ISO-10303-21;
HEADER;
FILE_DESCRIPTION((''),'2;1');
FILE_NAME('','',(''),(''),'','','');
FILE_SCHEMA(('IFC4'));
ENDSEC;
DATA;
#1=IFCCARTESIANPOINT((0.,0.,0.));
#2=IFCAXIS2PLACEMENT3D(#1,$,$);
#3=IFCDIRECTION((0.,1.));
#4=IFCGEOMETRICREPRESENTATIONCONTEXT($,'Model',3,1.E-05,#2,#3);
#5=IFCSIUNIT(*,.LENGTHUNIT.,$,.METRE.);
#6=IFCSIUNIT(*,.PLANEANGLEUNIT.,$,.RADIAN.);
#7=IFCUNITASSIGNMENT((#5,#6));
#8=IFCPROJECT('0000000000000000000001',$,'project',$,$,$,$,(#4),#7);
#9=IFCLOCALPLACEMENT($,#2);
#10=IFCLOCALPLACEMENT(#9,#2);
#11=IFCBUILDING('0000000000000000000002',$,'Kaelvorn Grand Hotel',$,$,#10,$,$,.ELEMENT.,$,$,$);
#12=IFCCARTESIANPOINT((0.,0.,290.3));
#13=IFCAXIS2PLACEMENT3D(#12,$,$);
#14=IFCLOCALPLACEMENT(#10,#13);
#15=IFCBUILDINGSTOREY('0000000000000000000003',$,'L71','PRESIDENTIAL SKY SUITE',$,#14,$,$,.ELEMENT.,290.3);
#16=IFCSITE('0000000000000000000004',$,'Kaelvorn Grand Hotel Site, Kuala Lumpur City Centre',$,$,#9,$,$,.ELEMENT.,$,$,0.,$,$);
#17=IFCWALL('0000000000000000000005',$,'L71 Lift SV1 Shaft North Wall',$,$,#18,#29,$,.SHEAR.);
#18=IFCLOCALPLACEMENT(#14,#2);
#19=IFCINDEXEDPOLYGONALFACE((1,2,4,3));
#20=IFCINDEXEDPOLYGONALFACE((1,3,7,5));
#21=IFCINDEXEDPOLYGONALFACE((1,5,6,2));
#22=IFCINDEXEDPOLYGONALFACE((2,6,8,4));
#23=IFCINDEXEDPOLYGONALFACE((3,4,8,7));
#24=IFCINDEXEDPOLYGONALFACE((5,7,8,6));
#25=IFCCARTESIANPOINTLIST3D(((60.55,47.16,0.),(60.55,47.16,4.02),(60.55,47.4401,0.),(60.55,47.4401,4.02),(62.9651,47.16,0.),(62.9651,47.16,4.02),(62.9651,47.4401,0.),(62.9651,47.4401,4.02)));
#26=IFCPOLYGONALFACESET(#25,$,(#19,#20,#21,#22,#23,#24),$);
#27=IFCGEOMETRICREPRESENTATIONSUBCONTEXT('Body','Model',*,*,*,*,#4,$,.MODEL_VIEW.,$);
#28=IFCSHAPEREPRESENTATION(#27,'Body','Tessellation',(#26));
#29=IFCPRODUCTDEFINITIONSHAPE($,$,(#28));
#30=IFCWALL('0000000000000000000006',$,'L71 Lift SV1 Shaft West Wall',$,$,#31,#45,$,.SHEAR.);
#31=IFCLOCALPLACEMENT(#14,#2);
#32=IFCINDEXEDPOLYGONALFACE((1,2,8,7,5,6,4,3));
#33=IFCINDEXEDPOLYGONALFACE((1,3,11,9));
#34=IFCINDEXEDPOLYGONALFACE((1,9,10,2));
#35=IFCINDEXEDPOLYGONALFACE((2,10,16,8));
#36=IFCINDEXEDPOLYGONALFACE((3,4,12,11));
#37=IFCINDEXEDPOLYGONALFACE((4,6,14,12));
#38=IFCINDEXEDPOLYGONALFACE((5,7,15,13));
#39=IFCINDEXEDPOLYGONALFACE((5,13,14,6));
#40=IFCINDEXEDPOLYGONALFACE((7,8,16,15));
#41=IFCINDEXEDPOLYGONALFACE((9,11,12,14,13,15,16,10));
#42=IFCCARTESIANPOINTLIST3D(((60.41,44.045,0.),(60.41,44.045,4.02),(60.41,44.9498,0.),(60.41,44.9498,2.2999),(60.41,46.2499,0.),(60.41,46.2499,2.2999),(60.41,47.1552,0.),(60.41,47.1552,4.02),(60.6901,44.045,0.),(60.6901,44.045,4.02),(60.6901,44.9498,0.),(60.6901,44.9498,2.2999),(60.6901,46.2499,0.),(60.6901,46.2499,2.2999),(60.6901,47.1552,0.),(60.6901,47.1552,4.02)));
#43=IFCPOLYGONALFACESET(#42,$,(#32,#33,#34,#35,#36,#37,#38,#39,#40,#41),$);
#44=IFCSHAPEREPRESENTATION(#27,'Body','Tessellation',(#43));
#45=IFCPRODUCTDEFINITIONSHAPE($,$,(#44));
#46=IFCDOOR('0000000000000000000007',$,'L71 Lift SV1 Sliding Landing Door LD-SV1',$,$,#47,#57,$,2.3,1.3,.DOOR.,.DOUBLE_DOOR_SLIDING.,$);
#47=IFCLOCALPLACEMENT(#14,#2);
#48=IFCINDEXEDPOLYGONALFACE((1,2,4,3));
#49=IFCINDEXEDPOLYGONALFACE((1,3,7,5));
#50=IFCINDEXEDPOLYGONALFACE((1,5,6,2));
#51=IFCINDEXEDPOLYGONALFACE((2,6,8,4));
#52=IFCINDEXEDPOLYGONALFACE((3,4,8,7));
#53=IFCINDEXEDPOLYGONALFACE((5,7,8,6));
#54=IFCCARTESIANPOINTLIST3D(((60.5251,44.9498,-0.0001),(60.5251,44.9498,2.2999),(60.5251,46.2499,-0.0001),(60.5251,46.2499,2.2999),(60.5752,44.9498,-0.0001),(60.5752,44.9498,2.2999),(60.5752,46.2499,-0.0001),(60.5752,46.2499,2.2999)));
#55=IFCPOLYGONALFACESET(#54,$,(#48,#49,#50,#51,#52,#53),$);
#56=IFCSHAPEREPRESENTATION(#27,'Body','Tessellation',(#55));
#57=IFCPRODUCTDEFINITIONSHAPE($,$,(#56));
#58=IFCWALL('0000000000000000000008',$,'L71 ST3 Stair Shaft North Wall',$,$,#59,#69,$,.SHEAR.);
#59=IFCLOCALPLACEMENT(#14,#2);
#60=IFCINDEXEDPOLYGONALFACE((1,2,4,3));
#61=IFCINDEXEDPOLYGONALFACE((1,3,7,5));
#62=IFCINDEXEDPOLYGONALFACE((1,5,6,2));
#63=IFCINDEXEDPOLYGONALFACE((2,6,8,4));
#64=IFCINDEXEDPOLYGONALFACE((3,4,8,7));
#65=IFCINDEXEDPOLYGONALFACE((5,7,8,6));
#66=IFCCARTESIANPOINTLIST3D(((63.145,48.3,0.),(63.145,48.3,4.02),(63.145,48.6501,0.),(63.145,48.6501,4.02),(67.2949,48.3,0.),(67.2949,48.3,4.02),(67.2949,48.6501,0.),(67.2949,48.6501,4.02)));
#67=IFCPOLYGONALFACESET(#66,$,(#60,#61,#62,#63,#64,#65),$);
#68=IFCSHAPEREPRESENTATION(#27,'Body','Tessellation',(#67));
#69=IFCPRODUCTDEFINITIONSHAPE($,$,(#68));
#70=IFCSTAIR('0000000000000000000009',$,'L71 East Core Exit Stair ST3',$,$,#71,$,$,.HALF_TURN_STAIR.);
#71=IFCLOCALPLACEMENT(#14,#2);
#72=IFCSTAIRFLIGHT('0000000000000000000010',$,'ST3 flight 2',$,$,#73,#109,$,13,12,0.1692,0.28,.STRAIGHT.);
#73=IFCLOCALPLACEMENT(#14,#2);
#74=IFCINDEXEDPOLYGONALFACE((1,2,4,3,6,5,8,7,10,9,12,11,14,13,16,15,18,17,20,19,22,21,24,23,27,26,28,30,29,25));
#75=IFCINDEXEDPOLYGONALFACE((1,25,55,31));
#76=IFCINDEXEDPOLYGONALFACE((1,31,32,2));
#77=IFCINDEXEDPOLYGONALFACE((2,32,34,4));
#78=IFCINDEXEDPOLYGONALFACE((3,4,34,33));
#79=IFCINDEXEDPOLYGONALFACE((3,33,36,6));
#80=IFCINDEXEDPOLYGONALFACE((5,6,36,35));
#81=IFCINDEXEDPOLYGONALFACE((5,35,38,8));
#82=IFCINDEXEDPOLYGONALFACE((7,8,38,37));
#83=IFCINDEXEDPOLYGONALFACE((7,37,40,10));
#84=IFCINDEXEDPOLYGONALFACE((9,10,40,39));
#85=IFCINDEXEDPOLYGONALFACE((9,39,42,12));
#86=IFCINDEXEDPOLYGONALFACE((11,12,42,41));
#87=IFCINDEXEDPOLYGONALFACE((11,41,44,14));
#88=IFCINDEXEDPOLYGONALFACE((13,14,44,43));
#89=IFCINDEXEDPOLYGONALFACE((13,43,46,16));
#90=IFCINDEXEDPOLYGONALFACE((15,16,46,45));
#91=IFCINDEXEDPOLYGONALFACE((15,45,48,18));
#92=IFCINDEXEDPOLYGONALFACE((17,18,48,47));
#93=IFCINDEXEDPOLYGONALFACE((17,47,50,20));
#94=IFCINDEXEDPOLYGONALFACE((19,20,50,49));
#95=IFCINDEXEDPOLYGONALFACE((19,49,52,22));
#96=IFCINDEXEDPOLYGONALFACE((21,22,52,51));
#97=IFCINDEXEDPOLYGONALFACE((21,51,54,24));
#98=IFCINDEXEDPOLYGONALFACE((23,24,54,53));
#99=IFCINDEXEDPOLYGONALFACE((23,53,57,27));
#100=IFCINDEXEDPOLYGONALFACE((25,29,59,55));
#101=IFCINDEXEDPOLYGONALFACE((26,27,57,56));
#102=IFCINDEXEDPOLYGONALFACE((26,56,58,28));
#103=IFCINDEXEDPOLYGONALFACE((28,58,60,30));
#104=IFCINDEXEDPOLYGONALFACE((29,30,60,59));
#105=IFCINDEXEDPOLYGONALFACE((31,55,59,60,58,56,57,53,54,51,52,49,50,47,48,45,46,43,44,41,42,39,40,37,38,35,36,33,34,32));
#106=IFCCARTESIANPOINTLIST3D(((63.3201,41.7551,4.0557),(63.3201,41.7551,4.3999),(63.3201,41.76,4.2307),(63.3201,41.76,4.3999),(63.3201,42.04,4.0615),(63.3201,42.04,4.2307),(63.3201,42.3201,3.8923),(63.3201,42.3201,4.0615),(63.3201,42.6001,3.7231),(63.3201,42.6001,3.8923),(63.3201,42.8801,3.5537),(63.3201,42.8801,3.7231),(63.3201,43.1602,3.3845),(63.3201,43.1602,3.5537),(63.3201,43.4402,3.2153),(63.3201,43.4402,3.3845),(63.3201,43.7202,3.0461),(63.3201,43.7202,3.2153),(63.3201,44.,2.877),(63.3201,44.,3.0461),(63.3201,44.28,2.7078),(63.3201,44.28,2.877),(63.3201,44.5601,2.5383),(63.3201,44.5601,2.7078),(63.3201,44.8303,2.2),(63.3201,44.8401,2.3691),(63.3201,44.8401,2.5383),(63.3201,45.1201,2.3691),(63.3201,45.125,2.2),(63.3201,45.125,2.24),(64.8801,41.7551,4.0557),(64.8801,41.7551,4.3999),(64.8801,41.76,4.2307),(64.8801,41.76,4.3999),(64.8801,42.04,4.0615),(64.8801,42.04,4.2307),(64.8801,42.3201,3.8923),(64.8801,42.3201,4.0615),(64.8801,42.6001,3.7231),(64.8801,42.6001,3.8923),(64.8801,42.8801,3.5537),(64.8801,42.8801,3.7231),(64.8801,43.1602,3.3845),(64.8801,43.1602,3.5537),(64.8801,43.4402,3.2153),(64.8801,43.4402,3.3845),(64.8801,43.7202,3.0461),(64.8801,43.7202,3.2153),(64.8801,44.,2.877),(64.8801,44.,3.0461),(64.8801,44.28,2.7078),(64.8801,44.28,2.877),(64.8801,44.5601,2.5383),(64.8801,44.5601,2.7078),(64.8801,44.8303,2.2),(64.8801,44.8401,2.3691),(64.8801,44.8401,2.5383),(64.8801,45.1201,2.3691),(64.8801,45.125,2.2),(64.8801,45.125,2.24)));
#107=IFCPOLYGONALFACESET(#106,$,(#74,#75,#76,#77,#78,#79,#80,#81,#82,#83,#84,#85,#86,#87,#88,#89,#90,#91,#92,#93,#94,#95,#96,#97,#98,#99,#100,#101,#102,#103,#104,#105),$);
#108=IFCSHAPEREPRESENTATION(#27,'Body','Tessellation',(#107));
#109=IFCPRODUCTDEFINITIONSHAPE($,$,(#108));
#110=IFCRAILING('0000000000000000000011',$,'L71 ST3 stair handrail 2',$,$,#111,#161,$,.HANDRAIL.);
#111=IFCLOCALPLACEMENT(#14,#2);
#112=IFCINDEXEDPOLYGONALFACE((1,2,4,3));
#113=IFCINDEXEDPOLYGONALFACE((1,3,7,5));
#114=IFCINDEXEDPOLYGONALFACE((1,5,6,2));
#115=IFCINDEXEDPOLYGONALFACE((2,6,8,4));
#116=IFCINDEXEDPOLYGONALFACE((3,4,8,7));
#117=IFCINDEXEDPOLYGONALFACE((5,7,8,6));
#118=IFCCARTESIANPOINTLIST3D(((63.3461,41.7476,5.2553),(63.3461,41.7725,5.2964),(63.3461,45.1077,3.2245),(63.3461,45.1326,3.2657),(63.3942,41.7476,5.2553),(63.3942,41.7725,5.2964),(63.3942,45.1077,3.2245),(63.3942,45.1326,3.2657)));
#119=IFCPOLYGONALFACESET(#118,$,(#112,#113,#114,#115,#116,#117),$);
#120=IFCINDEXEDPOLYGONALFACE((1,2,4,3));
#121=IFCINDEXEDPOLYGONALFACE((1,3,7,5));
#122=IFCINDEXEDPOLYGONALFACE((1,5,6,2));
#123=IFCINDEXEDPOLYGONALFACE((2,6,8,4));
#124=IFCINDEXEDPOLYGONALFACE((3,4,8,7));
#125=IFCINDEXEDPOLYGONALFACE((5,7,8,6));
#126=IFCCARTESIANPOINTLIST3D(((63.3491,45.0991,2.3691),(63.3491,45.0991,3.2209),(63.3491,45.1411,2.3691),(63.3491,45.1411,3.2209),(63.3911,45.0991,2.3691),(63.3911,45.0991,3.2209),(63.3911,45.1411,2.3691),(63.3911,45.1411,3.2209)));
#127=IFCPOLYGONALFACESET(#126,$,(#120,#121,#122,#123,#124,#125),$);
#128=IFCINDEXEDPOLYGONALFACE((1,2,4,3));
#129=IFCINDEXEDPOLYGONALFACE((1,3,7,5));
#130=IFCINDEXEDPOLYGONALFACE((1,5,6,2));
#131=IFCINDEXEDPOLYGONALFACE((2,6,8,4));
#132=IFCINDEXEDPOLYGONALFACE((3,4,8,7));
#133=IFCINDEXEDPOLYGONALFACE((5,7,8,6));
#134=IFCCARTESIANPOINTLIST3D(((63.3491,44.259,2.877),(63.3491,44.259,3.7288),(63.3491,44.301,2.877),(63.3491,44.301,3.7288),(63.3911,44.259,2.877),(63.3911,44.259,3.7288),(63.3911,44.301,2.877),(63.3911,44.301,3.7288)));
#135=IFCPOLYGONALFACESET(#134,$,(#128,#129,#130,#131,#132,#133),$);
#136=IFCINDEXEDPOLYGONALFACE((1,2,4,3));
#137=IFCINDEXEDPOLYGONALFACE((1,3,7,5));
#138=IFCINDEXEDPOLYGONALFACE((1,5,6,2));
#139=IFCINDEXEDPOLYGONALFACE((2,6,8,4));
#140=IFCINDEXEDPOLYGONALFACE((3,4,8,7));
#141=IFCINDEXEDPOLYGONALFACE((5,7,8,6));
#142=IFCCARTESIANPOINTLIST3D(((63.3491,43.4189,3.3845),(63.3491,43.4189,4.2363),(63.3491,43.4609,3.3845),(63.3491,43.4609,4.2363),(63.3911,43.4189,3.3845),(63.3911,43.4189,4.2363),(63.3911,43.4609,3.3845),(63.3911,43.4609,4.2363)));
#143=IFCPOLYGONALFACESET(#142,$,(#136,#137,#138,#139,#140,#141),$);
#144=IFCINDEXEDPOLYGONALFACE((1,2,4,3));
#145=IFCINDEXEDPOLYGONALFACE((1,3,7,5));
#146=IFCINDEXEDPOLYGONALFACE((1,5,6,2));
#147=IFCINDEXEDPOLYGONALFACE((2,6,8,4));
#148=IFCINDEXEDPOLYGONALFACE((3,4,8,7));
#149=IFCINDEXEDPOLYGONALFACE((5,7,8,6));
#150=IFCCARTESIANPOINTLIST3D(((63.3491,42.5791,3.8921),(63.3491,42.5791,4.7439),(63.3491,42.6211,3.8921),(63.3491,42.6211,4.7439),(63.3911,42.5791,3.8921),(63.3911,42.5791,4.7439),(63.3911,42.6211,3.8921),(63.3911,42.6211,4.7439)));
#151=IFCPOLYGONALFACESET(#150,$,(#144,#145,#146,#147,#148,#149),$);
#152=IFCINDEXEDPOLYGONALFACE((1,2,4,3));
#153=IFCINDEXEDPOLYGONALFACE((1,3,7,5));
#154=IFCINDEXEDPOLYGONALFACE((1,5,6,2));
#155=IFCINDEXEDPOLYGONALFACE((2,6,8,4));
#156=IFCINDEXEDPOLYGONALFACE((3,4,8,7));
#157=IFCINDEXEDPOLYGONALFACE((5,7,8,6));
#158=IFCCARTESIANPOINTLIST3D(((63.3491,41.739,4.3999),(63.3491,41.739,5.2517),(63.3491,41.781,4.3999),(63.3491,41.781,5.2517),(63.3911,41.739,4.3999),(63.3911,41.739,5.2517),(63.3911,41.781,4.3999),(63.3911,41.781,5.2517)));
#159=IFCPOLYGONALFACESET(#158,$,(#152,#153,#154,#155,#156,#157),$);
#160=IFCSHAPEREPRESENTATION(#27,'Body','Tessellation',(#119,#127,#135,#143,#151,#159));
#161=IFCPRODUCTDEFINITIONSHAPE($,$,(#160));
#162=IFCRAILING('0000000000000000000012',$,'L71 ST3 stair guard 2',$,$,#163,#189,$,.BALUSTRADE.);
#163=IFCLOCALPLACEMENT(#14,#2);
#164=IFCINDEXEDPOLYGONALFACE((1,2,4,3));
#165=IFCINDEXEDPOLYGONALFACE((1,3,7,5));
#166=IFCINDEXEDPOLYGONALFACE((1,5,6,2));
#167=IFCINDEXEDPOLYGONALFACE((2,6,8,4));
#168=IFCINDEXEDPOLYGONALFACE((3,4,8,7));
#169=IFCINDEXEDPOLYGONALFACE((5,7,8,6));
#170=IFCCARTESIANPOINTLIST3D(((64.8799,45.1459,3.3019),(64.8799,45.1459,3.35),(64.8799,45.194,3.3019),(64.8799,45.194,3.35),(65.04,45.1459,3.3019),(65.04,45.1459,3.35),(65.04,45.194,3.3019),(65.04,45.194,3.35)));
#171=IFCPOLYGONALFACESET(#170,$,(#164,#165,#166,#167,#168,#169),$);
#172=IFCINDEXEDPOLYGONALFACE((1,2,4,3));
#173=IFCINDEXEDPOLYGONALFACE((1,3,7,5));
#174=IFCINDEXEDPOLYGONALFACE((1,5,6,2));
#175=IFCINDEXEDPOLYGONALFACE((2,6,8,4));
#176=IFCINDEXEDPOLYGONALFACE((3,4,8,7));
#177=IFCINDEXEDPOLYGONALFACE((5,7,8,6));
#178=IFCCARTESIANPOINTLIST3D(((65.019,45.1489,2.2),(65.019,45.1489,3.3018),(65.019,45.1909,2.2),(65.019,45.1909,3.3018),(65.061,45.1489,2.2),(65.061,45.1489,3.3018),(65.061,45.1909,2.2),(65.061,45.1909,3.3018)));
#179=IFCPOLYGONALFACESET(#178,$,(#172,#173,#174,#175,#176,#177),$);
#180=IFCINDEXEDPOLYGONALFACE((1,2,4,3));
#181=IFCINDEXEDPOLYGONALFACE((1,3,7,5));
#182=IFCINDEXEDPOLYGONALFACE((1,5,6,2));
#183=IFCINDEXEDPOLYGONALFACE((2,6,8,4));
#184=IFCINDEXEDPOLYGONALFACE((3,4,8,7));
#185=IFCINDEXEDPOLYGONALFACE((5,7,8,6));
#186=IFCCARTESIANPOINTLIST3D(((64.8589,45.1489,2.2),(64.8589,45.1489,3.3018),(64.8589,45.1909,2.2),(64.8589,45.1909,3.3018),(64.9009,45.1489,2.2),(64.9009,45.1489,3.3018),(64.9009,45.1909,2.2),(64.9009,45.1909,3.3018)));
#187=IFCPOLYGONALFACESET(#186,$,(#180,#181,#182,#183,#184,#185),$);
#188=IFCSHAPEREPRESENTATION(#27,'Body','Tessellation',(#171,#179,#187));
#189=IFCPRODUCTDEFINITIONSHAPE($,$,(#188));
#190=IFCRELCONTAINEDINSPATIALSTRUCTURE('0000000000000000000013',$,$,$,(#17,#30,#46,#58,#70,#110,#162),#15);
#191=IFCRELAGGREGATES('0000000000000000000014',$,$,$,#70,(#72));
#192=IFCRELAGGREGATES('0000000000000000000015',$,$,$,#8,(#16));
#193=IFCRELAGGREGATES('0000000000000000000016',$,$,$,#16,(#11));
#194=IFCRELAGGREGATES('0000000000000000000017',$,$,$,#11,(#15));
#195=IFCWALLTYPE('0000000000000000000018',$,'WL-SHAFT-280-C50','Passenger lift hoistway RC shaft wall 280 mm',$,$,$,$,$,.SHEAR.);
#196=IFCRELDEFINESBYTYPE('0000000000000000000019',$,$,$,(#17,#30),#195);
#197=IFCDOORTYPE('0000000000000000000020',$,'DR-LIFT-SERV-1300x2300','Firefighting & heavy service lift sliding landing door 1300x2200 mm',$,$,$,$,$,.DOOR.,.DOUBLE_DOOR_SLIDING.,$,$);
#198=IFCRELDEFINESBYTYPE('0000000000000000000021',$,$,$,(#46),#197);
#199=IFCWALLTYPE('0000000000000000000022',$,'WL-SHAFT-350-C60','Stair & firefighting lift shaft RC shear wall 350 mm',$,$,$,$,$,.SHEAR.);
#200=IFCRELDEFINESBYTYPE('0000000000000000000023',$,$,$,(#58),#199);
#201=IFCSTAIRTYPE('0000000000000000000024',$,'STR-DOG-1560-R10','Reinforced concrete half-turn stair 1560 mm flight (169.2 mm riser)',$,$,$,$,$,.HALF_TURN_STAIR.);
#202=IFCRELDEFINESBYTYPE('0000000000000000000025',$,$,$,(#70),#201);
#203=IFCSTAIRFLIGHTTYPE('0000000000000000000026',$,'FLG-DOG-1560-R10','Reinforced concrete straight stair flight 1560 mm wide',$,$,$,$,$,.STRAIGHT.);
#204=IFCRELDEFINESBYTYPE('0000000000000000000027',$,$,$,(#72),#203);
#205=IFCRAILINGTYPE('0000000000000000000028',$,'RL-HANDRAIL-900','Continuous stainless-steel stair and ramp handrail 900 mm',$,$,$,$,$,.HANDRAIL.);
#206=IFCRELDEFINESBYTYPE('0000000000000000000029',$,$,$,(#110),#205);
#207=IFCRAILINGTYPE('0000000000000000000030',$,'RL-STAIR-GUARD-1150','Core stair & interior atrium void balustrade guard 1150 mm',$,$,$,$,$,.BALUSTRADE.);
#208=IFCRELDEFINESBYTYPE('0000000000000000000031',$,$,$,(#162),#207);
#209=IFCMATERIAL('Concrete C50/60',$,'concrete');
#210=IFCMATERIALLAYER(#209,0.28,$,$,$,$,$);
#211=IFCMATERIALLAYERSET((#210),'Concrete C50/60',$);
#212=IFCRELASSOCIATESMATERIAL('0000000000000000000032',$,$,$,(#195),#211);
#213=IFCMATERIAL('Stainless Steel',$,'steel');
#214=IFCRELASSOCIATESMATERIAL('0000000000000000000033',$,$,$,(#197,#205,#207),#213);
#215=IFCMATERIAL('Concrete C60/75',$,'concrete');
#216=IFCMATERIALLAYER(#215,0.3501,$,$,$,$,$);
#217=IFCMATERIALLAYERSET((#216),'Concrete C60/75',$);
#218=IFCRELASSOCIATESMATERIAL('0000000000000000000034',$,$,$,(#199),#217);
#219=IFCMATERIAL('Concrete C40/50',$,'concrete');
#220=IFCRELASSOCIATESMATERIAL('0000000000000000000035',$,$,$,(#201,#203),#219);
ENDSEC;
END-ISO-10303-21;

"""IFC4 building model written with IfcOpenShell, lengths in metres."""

from ifc_helpers import new_model, si_unit, direction, frame, frame_2d, origin, origin_2d, place, context, subcontext, project, spatial, polyline, rectangle, outline, extrude, material, layer, layer_set, type_object, element, fill, aggregate, save


model = new_model("IFC4")

# Units and contexts
model_context = context("Model", 3, precision=1e-05, world=origin(), true_north=direction((0.0, 1.0)))
body_context = subcontext(model_context, "Body", "Model", "MODEL_VIEW")
ifc_project = project(units=[si_unit("LENGTHUNIT", "METRE"), si_unit("PLANEANGLEUNIT", "RADIAN")], contexts=[model_context])

# Site, building, storey
site_placement = place(None, origin())
site = spatial("IfcSite", under=ifc_project, at=site_placement, Name="Kaelvorn Grand Hotel Site, Kuala Lumpur City Centre", CompositionType="ELEMENT", RefElevation=0.0)
building_placement = place(site_placement, origin())
building = spatial("IfcBuilding", under=site, at=building_placement, Name="Kaelvorn Grand Hotel", CompositionType="ELEMENT")
storey_placement = place(building_placement, frame((0.0, 0.0, 290.3)))
storey = spatial("IfcBuildingStorey", under=building, at=storey_placement, Name="L71", Description="PRESIDENTIAL SKY SUITE", CompositionType="ELEMENT", Elevation=290.3)

# Shared definitions
ifc_material_1 = material(Name="Concrete C60/75", Category="concrete")
ifc_material_2 = material(Name="Concrete C50/60", Category="concrete")

# Shared definitions
ifc_material_3 = material(Name="Concrete C40/50", Category="concrete")

# Wall
ifc_layer_1 = layer(ifc_material_2, 0.28)
ifc_layer_set_1 = layer_set([ifc_layer_1], Name="Concrete C50/60")
wall_type_1 = type_object("IfcWallType", Name="WL-SHAFT-280-C50", Description="Passenger lift hoistway RC shaft wall 280 mm", PredefinedType="SHEAR", material=ifc_layer_set_1)
for number, where, z_axis, x_axis, name in (
    (1, (60.55, 47.3, 0.0), (0.0, 0.0, 1.0), (1.0, 0.0, 0.0), "L71 Lift SV1 Shaft North Wall"),
):
    element("IfcWall", number, at=place(storey_placement, frame(where, z_axis=z_axis, x_axis=x_axis)), inside=storey, type_object=wall_type_1, Name=name, PredefinedType="SHEAR", context=body_context, shape_type="SweptSolid", body=[
        extrude(rectangle(XDim=2.415, YDim=0.28, at=frame_2d((1.2075, 0.0))), origin(), (0.0, 0.0, 1.0), 4.02),
    ])

# Wall, opening, door
wall_1_placement = place(storey_placement, frame((60.55, 44.0449, 0.0), z_axis=(0.0, 0.0, 1.0), x_axis=(0.0, 1.0, 0.0)))
wall_1 = element("IfcWall", 2, at=wall_1_placement, inside=storey, type_object=wall_type_1, Name="L71 Lift SV1 Shaft West Wall", PredefinedType="SHEAR", context=body_context, shape_type="SweptSolid", body=[
    extrude(rectangle(XDim=3.1101, YDim=0.28, at=frame_2d((1.5552, 0.0))), origin(), (0.0, 0.0, 1.0), 4.02),
])
opening_1_placement = place(wall_1_placement, frame((0.905, 0.0, 0.0)))
opening_1 = element("IfcOpeningElement", 3, at=opening_1_placement, cuts=wall_1, PredefinedType="OPENING", context=body_context, shape_type="SweptSolid", body=[
    extrude(rectangle(XDim=1.3, YDim=2.3, at=frame_2d((0.6499, 1.1499))), frame((0.0, 0.1499, 0.0), z_axis=(0.0, -1.0, 0.0), x_axis=(1.0, 0.0, 0.0)), (0.0, 0.0, 1.0), 0.3),
])
ifc_material_4 = material(Name="Stainless Steel", Category="steel")
door_type = type_object("IfcDoorType", Name="DR-LIFT-SERV-1300x2300", Description="Firefighting & heavy service lift sliding landing door 1300x2200 mm", OperationType="DOUBLE_DOOR_SLIDING", PredefinedType="DOOR", material=ifc_material_4)
door_placement = place(opening_1_placement, origin())
door = element("IfcDoor", 4, at=door_placement, inside=storey, type_object=door_type, Name="L71 Lift SV1 Sliding Landing Door LD-SV1", OperationType="DOUBLE_DOOR_SLIDING", OverallHeight=2.3, OverallWidth=1.3, PredefinedType="DOOR", context=body_context, shape_type="SweptSolid", body=[
    extrude(rectangle(XDim=1.3, YDim=2.3, at=frame_2d((0.6499, 1.1499))), frame((0.0, 0.0249, 0.0), z_axis=(0.0, -1.0, 0.0), x_axis=(1.0, 0.0, 0.0)), (0.0, 0.0, 1.0), 0.05),
])
fill(opening_1, door)

# Wall
ifc_layer_2 = layer(ifc_material_1, 0.3501)
ifc_layer_set_2 = layer_set([ifc_layer_2], Name="Concrete C60/75")
wall_type_2 = type_object("IfcWallType", Name="WL-SHAFT-350-C60", Description="Stair & firefighting lift shaft RC shear wall 350 mm", PredefinedType="SHEAR", material=ifc_layer_set_2)
wall_2_placement = place(storey_placement, frame((63.145, 48.4751, 0.0), z_axis=(0.0, 0.0, 1.0), x_axis=(1.0, 0.0, 0.0)))
element("IfcWall", 5, at=wall_2_placement, inside=storey, type_object=wall_type_2, Name="L71 ST3 Stair Shaft North Wall", PredefinedType="SHEAR", context=body_context, shape_type="SweptSolid", body=[
    extrude(rectangle(XDim=4.1499, YDim=0.3501, at=frame_2d((2.075, 0.0))), origin(), (0.0, 0.0, 1.0), 4.02),
])

# Stair, stair flight
stair_type = type_object("IfcStairType", Name="STR-DOG-1560-R10", Description="Reinforced concrete half-turn stair 1560 mm flight (169.2 mm riser)", PredefinedType="HALF_TURN_STAIR", material=ifc_material_3)
stair_placement = place(storey_placement, origin())
stair = element("IfcStair", 6, at=stair_placement, inside=storey, type_object=stair_type, Name="L71 East Core Exit Stair ST3", PredefinedType="HALF_TURN_STAIR")
stair_flight_type = type_object("IfcStairFlightType", Name="FLG-DOG-1560-R10", Description="Reinforced concrete straight stair flight 1560 mm wide", PredefinedType="STRAIGHT", material=ifc_material_3)
stair_flight_placement = place(storey_placement, frame((64.1001, 45.1201, 2.2), z_axis=(0.0, 0.0, 1.0), x_axis=(0.0, -1.0, 0.0)))
stair_flight = element("IfcStairFlight", 7, at=stair_flight_placement, type_object=stair_flight_type, Name="ST3 flight 2", NumberOfRisers=13, NumberOfTreads=12, PredefinedType="STRAIGHT", RiserHeight=0.1692, TreadLength=0.28, context=body_context, shape_type="SweptSolid", body=[
    extrude(outline(polyline([(-0.0049, 0.0), (-0.0049, 0.04), (0.0, 0.1692), (0.28, 0.1692), (0.28, 0.3384), (0.5601, 0.3384), (0.5601, 0.5078), (0.8401, 0.5078), (0.8401, 0.677), (1.1201, 0.677), (1.1201, 0.8462), (1.3999, 0.8462), (1.3999, 1.0154), (1.6799, 1.0154), (1.6799, 1.1846), (1.96, 1.1846), (1.96, 1.3538), (2.24, 1.3538), (2.24, 1.5232), (2.52, 1.5232), (2.52, 1.6924), (2.8, 1.6924), (2.8, 1.8616), (3.0801, 1.8616), (3.0801, 2.0308), (3.3601, 2.0308), (3.3601, 2.2), (3.365, 2.2), (3.365, 1.8557), (0.2898, 0.0), (-0.0049, 0.0)])), frame((0.0, 0.78, 0.0), z_axis=(0.0, -1.0, 0.0), x_axis=(1.0, 0.0, 0.0)), (0.0, 0.0, 1.0), 1.5601),
])
aggregate(stair, [stair_flight])

# Railings
railing_type_1 = type_object("IfcRailingType", Name="RL-HANDRAIL-900", Description="Continuous stainless-steel stair and ramp handrail 900 mm", PredefinedType="HANDRAIL", material=ifc_material_4)
railing_1_placement = place(storey_placement, frame((63.3701, 45.1201, 2.3691)))
element("IfcRailing", 8, at=railing_1_placement, inside=storey, type_object=railing_type_1, Name="L71 ST3 stair handrail 2", PredefinedType="HANDRAIL", context=body_context, shape_type="SweptSolid", body=[
    extrude(rectangle(XDim=0.0481, YDim=0.0481, at=origin_2d()), frame((0.0, 0.0, 0.876), z_axis=(0.0, -0.855837, 0.517246), x_axis=(1.0, 0.0, 0.0)), (0.0, 0.0, 1.0), 3.926),
    extrude(rectangle(XDim=0.042, YDim=0.042, at=origin_2d()), origin(), (0.0, 0.0, 1.0), 0.8518),
    extrude(rectangle(XDim=0.042, YDim=0.042, at=origin_2d()), frame((0.0, -0.8401, 0.5078)), (0.0, 0.0, 1.0), 0.8518),
    extrude(rectangle(XDim=0.042, YDim=0.042, at=origin_2d()), frame((0.0, -1.6802, 1.0154)), (0.0, 0.0, 1.0), 0.8518),
    extrude(rectangle(XDim=0.042, YDim=0.042, at=origin_2d()), frame((0.0, -2.52, 1.5229)), (0.0, 0.0, 1.0), 0.8518),
    extrude(rectangle(XDim=0.042, YDim=0.042, at=origin_2d()), frame((0.0, -3.3601, 2.0308)), (0.0, 0.0, 1.0), 0.8518),
])
railing_type_2 = type_object("IfcRailingType", Name="RL-STAIR-GUARD-1150", Description="Core stair & interior atrium void balustrade guard 1150 mm", PredefinedType="BALUSTRADE", material=ifc_material_4)
railing_2_placement = place(storey_placement, frame((65.04, 45.1699, 2.2)))
element("IfcRailing", 9, at=railing_2_placement, inside=storey, type_object=railing_type_2, Name="L71 ST3 stair guard 2", PredefinedType="BALUSTRADE", context=body_context, shape_type="SweptSolid", body=[
    extrude(rectangle(XDim=0.0481, YDim=0.0481, at=origin_2d()), frame((0.0, 0.0, 1.126), z_axis=(-1.0, 0.0, 0.0), x_axis=(0.0, -1.0, 0.0)), (0.0, 0.0, 1.0), 0.1602),
    extrude(rectangle(XDim=0.042, YDim=0.042, at=origin_2d()), origin(), (0.0, 0.0, 1.0), 1.1018),
    extrude(rectangle(XDim=0.042, YDim=0.042, at=origin_2d()), frame((-0.1602, 0.0, 0.0)), (0.0, 0.0, 1.0), 1.1018),
])

save(model, "model.ifc")
